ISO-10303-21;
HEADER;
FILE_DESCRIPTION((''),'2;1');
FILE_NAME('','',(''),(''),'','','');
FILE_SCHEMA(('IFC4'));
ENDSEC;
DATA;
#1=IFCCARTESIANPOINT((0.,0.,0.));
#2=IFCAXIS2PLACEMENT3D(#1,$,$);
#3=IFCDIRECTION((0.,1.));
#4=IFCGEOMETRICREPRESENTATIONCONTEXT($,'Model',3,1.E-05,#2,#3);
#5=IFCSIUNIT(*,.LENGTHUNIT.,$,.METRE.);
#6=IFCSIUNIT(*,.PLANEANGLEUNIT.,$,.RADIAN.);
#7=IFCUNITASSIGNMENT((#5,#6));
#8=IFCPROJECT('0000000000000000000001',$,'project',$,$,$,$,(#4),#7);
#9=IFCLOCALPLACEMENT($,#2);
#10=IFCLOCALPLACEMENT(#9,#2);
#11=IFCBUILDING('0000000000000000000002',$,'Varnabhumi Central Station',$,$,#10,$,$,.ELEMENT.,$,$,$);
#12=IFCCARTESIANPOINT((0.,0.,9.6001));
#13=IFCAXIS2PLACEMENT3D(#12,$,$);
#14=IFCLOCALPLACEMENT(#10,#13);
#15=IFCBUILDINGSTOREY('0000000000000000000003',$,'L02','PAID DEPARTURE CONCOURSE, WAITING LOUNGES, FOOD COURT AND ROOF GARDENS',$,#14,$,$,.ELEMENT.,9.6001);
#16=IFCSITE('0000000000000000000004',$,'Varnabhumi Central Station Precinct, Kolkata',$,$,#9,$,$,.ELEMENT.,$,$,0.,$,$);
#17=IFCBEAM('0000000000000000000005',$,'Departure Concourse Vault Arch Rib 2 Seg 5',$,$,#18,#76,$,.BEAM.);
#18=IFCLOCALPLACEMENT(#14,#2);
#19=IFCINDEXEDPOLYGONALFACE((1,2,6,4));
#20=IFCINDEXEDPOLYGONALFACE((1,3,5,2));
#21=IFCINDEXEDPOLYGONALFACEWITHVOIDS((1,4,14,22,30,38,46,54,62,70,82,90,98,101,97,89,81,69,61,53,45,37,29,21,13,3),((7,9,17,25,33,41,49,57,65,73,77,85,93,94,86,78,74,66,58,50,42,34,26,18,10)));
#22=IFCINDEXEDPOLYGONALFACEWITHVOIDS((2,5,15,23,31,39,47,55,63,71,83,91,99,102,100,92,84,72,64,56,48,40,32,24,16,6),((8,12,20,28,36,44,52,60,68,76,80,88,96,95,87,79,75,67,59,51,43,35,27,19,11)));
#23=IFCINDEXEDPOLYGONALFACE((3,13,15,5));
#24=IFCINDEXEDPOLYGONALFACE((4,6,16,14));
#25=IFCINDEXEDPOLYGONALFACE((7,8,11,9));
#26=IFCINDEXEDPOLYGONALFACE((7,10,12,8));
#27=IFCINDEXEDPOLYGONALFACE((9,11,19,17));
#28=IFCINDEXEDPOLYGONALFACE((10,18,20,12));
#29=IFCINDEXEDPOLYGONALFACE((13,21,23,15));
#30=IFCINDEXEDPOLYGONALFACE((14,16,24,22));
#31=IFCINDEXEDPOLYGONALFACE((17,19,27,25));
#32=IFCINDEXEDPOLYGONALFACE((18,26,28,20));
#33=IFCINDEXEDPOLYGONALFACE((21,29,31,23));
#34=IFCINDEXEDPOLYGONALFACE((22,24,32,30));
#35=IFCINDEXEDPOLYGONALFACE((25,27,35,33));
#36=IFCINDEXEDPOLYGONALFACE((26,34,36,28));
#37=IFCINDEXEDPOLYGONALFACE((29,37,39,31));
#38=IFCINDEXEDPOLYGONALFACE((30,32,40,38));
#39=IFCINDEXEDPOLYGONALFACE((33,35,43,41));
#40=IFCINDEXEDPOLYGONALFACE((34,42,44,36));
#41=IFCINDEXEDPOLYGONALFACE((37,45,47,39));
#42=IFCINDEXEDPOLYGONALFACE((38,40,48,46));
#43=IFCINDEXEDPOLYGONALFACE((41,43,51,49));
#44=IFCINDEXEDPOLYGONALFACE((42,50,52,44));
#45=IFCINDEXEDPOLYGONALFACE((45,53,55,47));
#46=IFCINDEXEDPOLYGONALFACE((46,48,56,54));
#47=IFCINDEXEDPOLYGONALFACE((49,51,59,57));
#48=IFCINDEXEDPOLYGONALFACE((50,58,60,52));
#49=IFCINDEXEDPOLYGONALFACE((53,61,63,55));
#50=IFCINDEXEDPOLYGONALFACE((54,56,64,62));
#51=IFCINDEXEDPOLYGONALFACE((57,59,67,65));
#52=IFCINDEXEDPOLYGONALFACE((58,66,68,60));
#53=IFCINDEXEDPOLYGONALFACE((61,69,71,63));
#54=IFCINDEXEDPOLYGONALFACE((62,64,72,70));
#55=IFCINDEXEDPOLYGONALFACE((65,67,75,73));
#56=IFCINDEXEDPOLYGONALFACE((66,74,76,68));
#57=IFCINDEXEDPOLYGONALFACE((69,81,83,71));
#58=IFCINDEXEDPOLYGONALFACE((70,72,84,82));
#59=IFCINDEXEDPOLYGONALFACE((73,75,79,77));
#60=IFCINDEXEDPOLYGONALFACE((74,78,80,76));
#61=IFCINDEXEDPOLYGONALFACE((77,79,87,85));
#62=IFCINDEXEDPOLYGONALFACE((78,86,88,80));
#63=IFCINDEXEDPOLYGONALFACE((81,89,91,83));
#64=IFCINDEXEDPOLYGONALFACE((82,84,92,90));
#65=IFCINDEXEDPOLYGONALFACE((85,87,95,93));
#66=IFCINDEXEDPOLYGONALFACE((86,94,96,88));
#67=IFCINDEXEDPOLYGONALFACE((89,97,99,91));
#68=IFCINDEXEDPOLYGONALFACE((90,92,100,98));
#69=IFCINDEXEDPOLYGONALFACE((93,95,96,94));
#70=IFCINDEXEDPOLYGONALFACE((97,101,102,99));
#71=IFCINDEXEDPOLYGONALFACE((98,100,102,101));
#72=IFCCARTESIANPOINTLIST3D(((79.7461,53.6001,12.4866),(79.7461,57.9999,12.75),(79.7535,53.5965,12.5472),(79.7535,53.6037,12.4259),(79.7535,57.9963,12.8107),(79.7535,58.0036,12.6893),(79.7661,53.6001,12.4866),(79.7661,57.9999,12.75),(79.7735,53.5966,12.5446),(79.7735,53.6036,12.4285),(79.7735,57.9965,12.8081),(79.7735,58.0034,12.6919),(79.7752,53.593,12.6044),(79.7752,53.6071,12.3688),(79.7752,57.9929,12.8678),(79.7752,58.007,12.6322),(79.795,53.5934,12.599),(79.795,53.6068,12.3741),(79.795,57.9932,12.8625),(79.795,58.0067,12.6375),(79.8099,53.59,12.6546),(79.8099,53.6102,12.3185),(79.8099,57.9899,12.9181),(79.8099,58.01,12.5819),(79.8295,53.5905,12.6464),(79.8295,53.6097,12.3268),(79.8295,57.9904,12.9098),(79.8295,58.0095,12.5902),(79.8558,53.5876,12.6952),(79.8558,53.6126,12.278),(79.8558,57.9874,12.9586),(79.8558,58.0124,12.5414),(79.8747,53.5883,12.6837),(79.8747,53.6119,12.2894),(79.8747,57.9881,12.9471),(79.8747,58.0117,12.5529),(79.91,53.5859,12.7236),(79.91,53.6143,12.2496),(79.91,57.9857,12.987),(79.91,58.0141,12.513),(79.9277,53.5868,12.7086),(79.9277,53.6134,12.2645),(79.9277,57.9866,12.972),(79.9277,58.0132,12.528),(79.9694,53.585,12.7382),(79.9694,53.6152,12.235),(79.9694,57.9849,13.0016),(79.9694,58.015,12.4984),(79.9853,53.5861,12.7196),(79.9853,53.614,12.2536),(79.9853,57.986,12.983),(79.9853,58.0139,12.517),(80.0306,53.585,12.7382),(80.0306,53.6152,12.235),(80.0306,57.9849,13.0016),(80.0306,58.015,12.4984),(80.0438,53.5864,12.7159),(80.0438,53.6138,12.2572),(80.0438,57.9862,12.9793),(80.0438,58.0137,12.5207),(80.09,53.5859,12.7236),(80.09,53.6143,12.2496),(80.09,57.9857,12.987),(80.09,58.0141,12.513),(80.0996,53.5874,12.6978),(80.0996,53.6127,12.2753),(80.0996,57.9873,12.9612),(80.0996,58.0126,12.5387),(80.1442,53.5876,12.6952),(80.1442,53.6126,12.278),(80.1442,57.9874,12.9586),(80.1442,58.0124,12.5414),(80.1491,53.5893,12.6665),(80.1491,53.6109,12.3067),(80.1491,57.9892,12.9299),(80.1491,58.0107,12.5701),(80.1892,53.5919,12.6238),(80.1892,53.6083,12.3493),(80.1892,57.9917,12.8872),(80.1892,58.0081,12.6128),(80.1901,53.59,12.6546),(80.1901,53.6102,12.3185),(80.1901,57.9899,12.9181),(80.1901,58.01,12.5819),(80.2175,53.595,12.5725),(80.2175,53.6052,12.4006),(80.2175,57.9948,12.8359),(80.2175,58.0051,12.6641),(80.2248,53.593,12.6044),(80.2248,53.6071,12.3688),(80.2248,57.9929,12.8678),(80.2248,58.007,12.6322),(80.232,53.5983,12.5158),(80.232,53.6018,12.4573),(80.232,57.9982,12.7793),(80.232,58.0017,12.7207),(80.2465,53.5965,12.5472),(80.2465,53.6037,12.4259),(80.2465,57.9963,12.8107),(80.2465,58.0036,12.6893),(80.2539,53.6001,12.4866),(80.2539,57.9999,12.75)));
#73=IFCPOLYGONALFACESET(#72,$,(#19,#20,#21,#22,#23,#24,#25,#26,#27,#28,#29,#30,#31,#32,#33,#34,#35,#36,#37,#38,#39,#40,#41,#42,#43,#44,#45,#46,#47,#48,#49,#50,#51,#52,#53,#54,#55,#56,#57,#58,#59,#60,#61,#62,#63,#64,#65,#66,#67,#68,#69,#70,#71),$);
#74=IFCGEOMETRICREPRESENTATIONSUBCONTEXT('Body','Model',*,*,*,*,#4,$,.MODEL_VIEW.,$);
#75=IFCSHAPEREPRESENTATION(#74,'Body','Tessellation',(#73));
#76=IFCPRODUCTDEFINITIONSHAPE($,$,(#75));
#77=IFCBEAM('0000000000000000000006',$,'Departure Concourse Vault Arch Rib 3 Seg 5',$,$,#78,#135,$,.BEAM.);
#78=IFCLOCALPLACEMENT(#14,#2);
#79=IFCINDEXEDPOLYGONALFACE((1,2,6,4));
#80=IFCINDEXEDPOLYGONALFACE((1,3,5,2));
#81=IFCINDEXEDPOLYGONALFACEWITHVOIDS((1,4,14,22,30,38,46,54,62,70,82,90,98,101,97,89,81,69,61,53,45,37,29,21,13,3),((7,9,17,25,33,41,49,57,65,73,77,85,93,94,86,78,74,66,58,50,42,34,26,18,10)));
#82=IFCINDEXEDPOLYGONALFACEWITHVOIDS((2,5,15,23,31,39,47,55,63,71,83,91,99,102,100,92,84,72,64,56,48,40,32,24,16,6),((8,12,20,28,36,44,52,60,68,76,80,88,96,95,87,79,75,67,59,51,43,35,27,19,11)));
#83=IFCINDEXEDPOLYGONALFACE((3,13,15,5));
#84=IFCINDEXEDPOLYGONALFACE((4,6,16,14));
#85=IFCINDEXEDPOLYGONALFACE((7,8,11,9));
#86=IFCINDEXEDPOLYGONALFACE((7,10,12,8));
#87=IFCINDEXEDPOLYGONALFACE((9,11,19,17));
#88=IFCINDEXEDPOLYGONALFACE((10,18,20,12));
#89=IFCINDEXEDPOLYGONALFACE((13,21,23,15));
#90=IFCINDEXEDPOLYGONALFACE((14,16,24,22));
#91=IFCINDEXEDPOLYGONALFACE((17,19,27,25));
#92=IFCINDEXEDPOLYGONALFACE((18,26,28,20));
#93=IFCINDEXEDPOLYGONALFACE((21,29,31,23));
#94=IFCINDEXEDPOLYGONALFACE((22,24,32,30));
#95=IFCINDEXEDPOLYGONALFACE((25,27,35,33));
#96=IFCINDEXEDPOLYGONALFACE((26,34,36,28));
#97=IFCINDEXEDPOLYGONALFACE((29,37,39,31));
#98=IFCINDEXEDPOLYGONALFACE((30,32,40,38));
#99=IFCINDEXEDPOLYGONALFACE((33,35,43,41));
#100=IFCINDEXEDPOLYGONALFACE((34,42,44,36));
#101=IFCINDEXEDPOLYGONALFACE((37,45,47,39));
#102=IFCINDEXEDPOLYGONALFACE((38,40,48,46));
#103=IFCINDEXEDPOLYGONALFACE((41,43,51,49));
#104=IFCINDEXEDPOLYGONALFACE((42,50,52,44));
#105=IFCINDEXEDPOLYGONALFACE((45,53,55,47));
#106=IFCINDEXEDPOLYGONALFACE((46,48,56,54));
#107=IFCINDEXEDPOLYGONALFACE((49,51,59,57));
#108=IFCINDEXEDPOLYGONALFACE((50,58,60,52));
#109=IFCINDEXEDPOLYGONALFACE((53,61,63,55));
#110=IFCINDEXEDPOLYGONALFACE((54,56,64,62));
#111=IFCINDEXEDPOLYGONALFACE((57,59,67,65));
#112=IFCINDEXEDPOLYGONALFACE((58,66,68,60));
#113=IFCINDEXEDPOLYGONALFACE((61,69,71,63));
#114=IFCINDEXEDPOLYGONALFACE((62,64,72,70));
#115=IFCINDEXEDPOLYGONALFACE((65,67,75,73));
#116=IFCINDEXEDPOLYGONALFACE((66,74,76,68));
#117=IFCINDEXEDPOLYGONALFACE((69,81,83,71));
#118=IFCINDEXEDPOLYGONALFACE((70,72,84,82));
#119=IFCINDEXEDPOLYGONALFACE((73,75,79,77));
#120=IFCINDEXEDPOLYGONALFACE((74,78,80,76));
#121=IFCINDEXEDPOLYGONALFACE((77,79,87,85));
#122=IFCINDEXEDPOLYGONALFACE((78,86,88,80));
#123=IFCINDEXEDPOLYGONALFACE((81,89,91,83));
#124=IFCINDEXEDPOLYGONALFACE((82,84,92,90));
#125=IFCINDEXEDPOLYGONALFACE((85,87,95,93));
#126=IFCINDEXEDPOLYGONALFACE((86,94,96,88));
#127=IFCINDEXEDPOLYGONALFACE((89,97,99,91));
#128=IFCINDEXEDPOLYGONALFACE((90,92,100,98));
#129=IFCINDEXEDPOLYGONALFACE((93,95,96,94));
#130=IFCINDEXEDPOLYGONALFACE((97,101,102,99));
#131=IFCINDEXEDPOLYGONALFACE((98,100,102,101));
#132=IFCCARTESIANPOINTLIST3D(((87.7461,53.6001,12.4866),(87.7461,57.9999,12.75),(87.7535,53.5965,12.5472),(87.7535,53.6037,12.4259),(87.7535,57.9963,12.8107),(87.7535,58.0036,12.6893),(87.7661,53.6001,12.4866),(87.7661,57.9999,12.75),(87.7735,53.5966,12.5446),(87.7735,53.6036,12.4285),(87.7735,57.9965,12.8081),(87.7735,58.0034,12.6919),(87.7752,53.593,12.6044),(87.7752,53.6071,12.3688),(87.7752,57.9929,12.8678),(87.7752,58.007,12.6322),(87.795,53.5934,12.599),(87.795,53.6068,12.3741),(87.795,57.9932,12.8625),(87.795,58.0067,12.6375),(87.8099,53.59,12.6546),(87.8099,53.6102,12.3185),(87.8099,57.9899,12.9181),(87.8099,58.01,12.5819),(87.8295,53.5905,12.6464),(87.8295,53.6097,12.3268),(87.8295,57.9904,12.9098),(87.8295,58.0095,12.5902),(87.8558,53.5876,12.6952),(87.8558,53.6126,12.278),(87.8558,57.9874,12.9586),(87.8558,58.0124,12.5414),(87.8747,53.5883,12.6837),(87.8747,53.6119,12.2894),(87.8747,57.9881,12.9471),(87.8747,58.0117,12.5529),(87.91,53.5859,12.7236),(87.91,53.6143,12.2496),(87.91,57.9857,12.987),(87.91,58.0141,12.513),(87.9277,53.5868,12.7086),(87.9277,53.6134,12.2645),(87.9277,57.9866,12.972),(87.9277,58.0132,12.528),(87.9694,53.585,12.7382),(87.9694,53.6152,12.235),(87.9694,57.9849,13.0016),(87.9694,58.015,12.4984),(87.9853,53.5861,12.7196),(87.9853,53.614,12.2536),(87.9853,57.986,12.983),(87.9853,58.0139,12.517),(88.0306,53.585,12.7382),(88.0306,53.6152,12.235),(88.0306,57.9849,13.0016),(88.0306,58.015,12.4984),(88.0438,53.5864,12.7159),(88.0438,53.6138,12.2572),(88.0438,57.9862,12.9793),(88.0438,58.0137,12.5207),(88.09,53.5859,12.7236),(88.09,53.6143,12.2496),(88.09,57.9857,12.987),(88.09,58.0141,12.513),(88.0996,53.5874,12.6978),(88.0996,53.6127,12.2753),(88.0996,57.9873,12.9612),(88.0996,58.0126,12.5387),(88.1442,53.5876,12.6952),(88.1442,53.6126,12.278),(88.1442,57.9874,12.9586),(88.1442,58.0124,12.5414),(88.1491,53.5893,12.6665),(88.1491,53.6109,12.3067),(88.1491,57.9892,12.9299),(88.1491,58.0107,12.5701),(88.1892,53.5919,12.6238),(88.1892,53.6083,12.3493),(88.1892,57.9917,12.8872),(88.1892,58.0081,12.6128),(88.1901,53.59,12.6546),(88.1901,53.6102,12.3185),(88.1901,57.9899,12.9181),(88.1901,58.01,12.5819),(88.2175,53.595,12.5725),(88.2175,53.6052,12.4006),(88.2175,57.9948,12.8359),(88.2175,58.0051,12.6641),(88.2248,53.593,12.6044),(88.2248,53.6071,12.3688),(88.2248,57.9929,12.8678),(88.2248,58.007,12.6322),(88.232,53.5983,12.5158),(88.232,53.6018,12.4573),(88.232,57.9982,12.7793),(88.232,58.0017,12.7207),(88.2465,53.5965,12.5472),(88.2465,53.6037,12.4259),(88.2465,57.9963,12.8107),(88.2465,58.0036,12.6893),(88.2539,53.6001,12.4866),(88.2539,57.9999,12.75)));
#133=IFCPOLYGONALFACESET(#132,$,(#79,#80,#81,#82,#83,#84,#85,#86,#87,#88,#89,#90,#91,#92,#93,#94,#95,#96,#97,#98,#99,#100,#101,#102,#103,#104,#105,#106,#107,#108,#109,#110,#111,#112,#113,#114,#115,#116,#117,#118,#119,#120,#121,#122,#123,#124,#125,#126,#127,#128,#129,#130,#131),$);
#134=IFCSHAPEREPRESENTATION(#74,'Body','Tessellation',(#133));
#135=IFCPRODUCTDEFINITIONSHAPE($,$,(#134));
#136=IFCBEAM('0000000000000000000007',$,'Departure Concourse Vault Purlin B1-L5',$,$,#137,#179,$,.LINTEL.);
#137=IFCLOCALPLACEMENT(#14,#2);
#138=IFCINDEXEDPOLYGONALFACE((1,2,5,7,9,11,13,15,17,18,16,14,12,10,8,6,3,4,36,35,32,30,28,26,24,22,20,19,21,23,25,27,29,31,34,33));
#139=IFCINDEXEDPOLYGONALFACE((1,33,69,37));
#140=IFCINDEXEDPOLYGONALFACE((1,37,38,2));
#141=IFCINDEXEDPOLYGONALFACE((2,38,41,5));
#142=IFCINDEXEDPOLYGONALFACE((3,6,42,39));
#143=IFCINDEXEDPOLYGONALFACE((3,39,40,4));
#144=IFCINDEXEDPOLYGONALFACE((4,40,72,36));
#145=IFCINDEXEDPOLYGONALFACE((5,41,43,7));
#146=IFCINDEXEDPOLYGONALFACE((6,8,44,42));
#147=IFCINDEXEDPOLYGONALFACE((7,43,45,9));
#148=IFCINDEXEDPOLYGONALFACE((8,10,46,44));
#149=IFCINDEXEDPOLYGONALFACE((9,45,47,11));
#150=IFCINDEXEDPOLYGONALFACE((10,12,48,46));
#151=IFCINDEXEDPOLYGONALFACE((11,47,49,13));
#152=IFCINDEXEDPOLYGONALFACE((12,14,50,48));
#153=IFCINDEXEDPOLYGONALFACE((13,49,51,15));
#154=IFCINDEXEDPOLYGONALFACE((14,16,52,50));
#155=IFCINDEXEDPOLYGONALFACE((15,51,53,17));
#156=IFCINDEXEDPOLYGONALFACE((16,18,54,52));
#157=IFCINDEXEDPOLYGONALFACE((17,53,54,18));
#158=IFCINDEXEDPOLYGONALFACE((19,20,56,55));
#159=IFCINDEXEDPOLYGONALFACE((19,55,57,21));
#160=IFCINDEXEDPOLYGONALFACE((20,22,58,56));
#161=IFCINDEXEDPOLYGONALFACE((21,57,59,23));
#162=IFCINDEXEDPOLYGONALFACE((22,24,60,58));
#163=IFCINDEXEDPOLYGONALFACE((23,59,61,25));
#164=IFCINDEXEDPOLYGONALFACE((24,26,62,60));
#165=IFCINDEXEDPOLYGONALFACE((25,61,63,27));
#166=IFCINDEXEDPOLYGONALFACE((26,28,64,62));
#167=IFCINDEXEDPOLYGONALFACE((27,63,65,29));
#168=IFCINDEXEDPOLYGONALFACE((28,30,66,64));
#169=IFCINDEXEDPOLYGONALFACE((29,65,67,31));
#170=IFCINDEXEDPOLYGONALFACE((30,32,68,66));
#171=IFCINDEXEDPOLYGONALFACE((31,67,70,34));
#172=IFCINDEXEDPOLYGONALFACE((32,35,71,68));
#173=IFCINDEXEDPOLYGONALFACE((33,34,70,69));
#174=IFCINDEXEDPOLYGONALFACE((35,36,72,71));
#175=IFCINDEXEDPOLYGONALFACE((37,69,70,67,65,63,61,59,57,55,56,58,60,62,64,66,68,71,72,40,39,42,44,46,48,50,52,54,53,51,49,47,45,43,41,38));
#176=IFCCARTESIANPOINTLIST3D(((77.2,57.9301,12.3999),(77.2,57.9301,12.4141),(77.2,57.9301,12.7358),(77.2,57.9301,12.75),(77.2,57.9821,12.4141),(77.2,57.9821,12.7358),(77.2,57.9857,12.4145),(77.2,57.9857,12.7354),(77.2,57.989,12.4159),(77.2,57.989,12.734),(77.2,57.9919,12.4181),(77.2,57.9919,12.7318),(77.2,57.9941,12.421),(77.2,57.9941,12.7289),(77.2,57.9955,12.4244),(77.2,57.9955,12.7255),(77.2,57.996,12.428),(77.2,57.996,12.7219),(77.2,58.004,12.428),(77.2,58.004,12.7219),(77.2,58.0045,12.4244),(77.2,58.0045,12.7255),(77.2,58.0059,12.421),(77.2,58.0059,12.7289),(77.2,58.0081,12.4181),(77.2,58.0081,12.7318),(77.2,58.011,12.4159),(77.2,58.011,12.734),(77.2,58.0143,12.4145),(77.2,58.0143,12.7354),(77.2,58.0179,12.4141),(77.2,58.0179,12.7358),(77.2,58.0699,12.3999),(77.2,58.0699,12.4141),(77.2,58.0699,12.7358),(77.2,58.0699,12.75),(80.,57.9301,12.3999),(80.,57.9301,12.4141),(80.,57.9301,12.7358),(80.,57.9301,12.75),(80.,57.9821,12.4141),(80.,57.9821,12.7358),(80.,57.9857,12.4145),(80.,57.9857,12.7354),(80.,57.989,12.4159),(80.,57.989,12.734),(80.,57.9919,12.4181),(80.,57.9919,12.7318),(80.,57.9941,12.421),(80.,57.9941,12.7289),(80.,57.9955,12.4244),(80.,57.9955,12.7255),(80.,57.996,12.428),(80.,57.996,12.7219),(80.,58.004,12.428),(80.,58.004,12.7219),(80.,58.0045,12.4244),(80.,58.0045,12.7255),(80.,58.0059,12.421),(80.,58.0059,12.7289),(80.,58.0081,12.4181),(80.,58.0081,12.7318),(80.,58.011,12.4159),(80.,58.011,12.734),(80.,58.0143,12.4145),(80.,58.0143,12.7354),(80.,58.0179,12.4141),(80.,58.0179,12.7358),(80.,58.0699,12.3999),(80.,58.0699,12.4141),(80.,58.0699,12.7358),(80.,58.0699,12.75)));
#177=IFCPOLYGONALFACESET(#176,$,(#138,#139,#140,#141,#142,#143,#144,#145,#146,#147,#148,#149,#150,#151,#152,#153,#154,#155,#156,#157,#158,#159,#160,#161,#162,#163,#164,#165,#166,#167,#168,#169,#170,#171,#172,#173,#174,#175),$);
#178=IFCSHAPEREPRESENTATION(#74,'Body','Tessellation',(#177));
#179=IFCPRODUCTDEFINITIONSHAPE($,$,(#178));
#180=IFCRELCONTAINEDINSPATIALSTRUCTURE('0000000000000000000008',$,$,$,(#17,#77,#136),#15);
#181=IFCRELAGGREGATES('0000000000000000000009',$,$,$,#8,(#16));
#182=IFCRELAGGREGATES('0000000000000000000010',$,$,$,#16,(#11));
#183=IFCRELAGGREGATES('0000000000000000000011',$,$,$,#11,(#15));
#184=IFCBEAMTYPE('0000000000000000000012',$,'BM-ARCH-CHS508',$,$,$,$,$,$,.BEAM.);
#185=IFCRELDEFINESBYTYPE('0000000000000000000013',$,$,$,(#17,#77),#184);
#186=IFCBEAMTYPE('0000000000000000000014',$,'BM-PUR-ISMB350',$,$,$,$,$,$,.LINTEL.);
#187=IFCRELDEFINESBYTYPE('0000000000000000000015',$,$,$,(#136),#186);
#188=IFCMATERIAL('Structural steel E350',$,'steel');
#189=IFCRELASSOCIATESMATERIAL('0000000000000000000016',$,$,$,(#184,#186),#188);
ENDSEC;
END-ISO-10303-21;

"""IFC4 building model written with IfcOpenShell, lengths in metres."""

from ifc_helpers import new_model, si_unit, direction, frame, origin, origin_2d, place, context, subcontext, project, spatial, hollow_circle, i_section, extrude, material, material_profile, profile_set, type_object, element, save


model = new_model("IFC4")

# Units and contexts
model_context = context("Model", 3, precision=1e-05, world=origin(), true_north=direction((0.0, 1.0)))
body_context = subcontext(model_context, "Body", "Model", "MODEL_VIEW")
ifc_project = project(units=[si_unit("LENGTHUNIT", "METRE"), si_unit("PLANEANGLEUNIT", "RADIAN")], contexts=[model_context])

# Site, building, storey
site_placement = place(None, origin())
site = spatial("IfcSite", under=ifc_project, at=site_placement, Name="Varnabhumi Central Station Precinct, Kolkata", CompositionType="ELEMENT", RefElevation=0.0)
building_placement = place(site_placement, origin())
building = spatial("IfcBuilding", under=site, at=building_placement, Name="Varnabhumi Central Station", CompositionType="ELEMENT")
storey_placement = place(building_placement, frame((0.0, 0.0, 9.6001)))
storey = spatial("IfcBuildingStorey", under=building, at=storey_placement, Name="L02", Description="PAID DEPARTURE CONCOURSE, WAITING LOUNGES, FOOD COURT AND ROOF GARDENS", CompositionType="ELEMENT", Elevation=9.6001)

# Beams
ifc_material_1 = material(Name="Structural steel E350", Category="steel")
ifc_material_profile_1 = material_profile(ifc_material_1, hollow_circle(Radius=0.2539, WallThickness=0.02, at=origin_2d()), Name="Structural steel E350", Category="steel")
ifc_profile_set_1 = profile_set([ifc_material_profile_1], Name="Structural steel E350")
beam_type_1 = type_object("IfcBeamType", Name="BM-ARCH-CHS508", PredefinedType="BEAM", material=ifc_profile_set_1)
for number, where, z_axis, x_axis, name in (
    (1, (80.0, 53.6001, 12.4866), (0.0, 0.998213, 0.059764), (-1.0, 0.0, 0.0), "Departure Concourse Vault Arch Rib 2 Seg 5"),
    (2, (88.0, 53.6001, 12.4866), (0.0, 0.998213, 0.059764), (-1.0, 0.0, 0.0), "Departure Concourse Vault Arch Rib 3 Seg 5"),
):
    element("IfcBeam", number, at=place(storey_placement, frame(where, z_axis=z_axis, x_axis=x_axis)), inside=storey, type_object=beam_type_1, Name=name, PredefinedType="BEAM", context=body_context, shape_type="SweptSolid", body=[
        extrude(hollow_circle(Radius=0.2539, WallThickness=0.02, at=origin_2d()), origin(), (0.0, 0.0, 1.0), 4.4077),
    ])
ifc_material_profile_2 = material_profile(ifc_material_1, i_section(OverallWidth=0.1399, OverallDepth=0.3501, WebThickness=0.0081, FlangeThickness=0.0142, FilletRadius=0.0139, at=origin_2d()), Name="Structural steel E350", Category="steel")
ifc_profile_set_2 = profile_set([ifc_material_profile_2], Name="Structural steel E350")
beam_type_2 = type_object("IfcBeamType", Name="BM-PUR-ISMB350", PredefinedType="LINTEL", material=ifc_profile_set_2)
beam_1_placement = place(storey_placement, frame((77.2, 58.0, 12.575), z_axis=(1.0, 0.0, 0.0), x_axis=(0.0, 1.0, 0.0)))
element("IfcBeam", 3, at=beam_1_placement, inside=storey, type_object=beam_type_2, Name="Departure Concourse Vault Purlin B1-L5", PredefinedType="LINTEL", context=body_context, shape_type="SweptSolid", body=[
    extrude(i_section(OverallWidth=0.1399, OverallDepth=0.3501, WebThickness=0.0081, FlangeThickness=0.0142, FilletRadius=0.0139, at=origin_2d()), origin(), (0.0, 0.0, 1.0), 2.8),
])

save(model, "model.ifc")
